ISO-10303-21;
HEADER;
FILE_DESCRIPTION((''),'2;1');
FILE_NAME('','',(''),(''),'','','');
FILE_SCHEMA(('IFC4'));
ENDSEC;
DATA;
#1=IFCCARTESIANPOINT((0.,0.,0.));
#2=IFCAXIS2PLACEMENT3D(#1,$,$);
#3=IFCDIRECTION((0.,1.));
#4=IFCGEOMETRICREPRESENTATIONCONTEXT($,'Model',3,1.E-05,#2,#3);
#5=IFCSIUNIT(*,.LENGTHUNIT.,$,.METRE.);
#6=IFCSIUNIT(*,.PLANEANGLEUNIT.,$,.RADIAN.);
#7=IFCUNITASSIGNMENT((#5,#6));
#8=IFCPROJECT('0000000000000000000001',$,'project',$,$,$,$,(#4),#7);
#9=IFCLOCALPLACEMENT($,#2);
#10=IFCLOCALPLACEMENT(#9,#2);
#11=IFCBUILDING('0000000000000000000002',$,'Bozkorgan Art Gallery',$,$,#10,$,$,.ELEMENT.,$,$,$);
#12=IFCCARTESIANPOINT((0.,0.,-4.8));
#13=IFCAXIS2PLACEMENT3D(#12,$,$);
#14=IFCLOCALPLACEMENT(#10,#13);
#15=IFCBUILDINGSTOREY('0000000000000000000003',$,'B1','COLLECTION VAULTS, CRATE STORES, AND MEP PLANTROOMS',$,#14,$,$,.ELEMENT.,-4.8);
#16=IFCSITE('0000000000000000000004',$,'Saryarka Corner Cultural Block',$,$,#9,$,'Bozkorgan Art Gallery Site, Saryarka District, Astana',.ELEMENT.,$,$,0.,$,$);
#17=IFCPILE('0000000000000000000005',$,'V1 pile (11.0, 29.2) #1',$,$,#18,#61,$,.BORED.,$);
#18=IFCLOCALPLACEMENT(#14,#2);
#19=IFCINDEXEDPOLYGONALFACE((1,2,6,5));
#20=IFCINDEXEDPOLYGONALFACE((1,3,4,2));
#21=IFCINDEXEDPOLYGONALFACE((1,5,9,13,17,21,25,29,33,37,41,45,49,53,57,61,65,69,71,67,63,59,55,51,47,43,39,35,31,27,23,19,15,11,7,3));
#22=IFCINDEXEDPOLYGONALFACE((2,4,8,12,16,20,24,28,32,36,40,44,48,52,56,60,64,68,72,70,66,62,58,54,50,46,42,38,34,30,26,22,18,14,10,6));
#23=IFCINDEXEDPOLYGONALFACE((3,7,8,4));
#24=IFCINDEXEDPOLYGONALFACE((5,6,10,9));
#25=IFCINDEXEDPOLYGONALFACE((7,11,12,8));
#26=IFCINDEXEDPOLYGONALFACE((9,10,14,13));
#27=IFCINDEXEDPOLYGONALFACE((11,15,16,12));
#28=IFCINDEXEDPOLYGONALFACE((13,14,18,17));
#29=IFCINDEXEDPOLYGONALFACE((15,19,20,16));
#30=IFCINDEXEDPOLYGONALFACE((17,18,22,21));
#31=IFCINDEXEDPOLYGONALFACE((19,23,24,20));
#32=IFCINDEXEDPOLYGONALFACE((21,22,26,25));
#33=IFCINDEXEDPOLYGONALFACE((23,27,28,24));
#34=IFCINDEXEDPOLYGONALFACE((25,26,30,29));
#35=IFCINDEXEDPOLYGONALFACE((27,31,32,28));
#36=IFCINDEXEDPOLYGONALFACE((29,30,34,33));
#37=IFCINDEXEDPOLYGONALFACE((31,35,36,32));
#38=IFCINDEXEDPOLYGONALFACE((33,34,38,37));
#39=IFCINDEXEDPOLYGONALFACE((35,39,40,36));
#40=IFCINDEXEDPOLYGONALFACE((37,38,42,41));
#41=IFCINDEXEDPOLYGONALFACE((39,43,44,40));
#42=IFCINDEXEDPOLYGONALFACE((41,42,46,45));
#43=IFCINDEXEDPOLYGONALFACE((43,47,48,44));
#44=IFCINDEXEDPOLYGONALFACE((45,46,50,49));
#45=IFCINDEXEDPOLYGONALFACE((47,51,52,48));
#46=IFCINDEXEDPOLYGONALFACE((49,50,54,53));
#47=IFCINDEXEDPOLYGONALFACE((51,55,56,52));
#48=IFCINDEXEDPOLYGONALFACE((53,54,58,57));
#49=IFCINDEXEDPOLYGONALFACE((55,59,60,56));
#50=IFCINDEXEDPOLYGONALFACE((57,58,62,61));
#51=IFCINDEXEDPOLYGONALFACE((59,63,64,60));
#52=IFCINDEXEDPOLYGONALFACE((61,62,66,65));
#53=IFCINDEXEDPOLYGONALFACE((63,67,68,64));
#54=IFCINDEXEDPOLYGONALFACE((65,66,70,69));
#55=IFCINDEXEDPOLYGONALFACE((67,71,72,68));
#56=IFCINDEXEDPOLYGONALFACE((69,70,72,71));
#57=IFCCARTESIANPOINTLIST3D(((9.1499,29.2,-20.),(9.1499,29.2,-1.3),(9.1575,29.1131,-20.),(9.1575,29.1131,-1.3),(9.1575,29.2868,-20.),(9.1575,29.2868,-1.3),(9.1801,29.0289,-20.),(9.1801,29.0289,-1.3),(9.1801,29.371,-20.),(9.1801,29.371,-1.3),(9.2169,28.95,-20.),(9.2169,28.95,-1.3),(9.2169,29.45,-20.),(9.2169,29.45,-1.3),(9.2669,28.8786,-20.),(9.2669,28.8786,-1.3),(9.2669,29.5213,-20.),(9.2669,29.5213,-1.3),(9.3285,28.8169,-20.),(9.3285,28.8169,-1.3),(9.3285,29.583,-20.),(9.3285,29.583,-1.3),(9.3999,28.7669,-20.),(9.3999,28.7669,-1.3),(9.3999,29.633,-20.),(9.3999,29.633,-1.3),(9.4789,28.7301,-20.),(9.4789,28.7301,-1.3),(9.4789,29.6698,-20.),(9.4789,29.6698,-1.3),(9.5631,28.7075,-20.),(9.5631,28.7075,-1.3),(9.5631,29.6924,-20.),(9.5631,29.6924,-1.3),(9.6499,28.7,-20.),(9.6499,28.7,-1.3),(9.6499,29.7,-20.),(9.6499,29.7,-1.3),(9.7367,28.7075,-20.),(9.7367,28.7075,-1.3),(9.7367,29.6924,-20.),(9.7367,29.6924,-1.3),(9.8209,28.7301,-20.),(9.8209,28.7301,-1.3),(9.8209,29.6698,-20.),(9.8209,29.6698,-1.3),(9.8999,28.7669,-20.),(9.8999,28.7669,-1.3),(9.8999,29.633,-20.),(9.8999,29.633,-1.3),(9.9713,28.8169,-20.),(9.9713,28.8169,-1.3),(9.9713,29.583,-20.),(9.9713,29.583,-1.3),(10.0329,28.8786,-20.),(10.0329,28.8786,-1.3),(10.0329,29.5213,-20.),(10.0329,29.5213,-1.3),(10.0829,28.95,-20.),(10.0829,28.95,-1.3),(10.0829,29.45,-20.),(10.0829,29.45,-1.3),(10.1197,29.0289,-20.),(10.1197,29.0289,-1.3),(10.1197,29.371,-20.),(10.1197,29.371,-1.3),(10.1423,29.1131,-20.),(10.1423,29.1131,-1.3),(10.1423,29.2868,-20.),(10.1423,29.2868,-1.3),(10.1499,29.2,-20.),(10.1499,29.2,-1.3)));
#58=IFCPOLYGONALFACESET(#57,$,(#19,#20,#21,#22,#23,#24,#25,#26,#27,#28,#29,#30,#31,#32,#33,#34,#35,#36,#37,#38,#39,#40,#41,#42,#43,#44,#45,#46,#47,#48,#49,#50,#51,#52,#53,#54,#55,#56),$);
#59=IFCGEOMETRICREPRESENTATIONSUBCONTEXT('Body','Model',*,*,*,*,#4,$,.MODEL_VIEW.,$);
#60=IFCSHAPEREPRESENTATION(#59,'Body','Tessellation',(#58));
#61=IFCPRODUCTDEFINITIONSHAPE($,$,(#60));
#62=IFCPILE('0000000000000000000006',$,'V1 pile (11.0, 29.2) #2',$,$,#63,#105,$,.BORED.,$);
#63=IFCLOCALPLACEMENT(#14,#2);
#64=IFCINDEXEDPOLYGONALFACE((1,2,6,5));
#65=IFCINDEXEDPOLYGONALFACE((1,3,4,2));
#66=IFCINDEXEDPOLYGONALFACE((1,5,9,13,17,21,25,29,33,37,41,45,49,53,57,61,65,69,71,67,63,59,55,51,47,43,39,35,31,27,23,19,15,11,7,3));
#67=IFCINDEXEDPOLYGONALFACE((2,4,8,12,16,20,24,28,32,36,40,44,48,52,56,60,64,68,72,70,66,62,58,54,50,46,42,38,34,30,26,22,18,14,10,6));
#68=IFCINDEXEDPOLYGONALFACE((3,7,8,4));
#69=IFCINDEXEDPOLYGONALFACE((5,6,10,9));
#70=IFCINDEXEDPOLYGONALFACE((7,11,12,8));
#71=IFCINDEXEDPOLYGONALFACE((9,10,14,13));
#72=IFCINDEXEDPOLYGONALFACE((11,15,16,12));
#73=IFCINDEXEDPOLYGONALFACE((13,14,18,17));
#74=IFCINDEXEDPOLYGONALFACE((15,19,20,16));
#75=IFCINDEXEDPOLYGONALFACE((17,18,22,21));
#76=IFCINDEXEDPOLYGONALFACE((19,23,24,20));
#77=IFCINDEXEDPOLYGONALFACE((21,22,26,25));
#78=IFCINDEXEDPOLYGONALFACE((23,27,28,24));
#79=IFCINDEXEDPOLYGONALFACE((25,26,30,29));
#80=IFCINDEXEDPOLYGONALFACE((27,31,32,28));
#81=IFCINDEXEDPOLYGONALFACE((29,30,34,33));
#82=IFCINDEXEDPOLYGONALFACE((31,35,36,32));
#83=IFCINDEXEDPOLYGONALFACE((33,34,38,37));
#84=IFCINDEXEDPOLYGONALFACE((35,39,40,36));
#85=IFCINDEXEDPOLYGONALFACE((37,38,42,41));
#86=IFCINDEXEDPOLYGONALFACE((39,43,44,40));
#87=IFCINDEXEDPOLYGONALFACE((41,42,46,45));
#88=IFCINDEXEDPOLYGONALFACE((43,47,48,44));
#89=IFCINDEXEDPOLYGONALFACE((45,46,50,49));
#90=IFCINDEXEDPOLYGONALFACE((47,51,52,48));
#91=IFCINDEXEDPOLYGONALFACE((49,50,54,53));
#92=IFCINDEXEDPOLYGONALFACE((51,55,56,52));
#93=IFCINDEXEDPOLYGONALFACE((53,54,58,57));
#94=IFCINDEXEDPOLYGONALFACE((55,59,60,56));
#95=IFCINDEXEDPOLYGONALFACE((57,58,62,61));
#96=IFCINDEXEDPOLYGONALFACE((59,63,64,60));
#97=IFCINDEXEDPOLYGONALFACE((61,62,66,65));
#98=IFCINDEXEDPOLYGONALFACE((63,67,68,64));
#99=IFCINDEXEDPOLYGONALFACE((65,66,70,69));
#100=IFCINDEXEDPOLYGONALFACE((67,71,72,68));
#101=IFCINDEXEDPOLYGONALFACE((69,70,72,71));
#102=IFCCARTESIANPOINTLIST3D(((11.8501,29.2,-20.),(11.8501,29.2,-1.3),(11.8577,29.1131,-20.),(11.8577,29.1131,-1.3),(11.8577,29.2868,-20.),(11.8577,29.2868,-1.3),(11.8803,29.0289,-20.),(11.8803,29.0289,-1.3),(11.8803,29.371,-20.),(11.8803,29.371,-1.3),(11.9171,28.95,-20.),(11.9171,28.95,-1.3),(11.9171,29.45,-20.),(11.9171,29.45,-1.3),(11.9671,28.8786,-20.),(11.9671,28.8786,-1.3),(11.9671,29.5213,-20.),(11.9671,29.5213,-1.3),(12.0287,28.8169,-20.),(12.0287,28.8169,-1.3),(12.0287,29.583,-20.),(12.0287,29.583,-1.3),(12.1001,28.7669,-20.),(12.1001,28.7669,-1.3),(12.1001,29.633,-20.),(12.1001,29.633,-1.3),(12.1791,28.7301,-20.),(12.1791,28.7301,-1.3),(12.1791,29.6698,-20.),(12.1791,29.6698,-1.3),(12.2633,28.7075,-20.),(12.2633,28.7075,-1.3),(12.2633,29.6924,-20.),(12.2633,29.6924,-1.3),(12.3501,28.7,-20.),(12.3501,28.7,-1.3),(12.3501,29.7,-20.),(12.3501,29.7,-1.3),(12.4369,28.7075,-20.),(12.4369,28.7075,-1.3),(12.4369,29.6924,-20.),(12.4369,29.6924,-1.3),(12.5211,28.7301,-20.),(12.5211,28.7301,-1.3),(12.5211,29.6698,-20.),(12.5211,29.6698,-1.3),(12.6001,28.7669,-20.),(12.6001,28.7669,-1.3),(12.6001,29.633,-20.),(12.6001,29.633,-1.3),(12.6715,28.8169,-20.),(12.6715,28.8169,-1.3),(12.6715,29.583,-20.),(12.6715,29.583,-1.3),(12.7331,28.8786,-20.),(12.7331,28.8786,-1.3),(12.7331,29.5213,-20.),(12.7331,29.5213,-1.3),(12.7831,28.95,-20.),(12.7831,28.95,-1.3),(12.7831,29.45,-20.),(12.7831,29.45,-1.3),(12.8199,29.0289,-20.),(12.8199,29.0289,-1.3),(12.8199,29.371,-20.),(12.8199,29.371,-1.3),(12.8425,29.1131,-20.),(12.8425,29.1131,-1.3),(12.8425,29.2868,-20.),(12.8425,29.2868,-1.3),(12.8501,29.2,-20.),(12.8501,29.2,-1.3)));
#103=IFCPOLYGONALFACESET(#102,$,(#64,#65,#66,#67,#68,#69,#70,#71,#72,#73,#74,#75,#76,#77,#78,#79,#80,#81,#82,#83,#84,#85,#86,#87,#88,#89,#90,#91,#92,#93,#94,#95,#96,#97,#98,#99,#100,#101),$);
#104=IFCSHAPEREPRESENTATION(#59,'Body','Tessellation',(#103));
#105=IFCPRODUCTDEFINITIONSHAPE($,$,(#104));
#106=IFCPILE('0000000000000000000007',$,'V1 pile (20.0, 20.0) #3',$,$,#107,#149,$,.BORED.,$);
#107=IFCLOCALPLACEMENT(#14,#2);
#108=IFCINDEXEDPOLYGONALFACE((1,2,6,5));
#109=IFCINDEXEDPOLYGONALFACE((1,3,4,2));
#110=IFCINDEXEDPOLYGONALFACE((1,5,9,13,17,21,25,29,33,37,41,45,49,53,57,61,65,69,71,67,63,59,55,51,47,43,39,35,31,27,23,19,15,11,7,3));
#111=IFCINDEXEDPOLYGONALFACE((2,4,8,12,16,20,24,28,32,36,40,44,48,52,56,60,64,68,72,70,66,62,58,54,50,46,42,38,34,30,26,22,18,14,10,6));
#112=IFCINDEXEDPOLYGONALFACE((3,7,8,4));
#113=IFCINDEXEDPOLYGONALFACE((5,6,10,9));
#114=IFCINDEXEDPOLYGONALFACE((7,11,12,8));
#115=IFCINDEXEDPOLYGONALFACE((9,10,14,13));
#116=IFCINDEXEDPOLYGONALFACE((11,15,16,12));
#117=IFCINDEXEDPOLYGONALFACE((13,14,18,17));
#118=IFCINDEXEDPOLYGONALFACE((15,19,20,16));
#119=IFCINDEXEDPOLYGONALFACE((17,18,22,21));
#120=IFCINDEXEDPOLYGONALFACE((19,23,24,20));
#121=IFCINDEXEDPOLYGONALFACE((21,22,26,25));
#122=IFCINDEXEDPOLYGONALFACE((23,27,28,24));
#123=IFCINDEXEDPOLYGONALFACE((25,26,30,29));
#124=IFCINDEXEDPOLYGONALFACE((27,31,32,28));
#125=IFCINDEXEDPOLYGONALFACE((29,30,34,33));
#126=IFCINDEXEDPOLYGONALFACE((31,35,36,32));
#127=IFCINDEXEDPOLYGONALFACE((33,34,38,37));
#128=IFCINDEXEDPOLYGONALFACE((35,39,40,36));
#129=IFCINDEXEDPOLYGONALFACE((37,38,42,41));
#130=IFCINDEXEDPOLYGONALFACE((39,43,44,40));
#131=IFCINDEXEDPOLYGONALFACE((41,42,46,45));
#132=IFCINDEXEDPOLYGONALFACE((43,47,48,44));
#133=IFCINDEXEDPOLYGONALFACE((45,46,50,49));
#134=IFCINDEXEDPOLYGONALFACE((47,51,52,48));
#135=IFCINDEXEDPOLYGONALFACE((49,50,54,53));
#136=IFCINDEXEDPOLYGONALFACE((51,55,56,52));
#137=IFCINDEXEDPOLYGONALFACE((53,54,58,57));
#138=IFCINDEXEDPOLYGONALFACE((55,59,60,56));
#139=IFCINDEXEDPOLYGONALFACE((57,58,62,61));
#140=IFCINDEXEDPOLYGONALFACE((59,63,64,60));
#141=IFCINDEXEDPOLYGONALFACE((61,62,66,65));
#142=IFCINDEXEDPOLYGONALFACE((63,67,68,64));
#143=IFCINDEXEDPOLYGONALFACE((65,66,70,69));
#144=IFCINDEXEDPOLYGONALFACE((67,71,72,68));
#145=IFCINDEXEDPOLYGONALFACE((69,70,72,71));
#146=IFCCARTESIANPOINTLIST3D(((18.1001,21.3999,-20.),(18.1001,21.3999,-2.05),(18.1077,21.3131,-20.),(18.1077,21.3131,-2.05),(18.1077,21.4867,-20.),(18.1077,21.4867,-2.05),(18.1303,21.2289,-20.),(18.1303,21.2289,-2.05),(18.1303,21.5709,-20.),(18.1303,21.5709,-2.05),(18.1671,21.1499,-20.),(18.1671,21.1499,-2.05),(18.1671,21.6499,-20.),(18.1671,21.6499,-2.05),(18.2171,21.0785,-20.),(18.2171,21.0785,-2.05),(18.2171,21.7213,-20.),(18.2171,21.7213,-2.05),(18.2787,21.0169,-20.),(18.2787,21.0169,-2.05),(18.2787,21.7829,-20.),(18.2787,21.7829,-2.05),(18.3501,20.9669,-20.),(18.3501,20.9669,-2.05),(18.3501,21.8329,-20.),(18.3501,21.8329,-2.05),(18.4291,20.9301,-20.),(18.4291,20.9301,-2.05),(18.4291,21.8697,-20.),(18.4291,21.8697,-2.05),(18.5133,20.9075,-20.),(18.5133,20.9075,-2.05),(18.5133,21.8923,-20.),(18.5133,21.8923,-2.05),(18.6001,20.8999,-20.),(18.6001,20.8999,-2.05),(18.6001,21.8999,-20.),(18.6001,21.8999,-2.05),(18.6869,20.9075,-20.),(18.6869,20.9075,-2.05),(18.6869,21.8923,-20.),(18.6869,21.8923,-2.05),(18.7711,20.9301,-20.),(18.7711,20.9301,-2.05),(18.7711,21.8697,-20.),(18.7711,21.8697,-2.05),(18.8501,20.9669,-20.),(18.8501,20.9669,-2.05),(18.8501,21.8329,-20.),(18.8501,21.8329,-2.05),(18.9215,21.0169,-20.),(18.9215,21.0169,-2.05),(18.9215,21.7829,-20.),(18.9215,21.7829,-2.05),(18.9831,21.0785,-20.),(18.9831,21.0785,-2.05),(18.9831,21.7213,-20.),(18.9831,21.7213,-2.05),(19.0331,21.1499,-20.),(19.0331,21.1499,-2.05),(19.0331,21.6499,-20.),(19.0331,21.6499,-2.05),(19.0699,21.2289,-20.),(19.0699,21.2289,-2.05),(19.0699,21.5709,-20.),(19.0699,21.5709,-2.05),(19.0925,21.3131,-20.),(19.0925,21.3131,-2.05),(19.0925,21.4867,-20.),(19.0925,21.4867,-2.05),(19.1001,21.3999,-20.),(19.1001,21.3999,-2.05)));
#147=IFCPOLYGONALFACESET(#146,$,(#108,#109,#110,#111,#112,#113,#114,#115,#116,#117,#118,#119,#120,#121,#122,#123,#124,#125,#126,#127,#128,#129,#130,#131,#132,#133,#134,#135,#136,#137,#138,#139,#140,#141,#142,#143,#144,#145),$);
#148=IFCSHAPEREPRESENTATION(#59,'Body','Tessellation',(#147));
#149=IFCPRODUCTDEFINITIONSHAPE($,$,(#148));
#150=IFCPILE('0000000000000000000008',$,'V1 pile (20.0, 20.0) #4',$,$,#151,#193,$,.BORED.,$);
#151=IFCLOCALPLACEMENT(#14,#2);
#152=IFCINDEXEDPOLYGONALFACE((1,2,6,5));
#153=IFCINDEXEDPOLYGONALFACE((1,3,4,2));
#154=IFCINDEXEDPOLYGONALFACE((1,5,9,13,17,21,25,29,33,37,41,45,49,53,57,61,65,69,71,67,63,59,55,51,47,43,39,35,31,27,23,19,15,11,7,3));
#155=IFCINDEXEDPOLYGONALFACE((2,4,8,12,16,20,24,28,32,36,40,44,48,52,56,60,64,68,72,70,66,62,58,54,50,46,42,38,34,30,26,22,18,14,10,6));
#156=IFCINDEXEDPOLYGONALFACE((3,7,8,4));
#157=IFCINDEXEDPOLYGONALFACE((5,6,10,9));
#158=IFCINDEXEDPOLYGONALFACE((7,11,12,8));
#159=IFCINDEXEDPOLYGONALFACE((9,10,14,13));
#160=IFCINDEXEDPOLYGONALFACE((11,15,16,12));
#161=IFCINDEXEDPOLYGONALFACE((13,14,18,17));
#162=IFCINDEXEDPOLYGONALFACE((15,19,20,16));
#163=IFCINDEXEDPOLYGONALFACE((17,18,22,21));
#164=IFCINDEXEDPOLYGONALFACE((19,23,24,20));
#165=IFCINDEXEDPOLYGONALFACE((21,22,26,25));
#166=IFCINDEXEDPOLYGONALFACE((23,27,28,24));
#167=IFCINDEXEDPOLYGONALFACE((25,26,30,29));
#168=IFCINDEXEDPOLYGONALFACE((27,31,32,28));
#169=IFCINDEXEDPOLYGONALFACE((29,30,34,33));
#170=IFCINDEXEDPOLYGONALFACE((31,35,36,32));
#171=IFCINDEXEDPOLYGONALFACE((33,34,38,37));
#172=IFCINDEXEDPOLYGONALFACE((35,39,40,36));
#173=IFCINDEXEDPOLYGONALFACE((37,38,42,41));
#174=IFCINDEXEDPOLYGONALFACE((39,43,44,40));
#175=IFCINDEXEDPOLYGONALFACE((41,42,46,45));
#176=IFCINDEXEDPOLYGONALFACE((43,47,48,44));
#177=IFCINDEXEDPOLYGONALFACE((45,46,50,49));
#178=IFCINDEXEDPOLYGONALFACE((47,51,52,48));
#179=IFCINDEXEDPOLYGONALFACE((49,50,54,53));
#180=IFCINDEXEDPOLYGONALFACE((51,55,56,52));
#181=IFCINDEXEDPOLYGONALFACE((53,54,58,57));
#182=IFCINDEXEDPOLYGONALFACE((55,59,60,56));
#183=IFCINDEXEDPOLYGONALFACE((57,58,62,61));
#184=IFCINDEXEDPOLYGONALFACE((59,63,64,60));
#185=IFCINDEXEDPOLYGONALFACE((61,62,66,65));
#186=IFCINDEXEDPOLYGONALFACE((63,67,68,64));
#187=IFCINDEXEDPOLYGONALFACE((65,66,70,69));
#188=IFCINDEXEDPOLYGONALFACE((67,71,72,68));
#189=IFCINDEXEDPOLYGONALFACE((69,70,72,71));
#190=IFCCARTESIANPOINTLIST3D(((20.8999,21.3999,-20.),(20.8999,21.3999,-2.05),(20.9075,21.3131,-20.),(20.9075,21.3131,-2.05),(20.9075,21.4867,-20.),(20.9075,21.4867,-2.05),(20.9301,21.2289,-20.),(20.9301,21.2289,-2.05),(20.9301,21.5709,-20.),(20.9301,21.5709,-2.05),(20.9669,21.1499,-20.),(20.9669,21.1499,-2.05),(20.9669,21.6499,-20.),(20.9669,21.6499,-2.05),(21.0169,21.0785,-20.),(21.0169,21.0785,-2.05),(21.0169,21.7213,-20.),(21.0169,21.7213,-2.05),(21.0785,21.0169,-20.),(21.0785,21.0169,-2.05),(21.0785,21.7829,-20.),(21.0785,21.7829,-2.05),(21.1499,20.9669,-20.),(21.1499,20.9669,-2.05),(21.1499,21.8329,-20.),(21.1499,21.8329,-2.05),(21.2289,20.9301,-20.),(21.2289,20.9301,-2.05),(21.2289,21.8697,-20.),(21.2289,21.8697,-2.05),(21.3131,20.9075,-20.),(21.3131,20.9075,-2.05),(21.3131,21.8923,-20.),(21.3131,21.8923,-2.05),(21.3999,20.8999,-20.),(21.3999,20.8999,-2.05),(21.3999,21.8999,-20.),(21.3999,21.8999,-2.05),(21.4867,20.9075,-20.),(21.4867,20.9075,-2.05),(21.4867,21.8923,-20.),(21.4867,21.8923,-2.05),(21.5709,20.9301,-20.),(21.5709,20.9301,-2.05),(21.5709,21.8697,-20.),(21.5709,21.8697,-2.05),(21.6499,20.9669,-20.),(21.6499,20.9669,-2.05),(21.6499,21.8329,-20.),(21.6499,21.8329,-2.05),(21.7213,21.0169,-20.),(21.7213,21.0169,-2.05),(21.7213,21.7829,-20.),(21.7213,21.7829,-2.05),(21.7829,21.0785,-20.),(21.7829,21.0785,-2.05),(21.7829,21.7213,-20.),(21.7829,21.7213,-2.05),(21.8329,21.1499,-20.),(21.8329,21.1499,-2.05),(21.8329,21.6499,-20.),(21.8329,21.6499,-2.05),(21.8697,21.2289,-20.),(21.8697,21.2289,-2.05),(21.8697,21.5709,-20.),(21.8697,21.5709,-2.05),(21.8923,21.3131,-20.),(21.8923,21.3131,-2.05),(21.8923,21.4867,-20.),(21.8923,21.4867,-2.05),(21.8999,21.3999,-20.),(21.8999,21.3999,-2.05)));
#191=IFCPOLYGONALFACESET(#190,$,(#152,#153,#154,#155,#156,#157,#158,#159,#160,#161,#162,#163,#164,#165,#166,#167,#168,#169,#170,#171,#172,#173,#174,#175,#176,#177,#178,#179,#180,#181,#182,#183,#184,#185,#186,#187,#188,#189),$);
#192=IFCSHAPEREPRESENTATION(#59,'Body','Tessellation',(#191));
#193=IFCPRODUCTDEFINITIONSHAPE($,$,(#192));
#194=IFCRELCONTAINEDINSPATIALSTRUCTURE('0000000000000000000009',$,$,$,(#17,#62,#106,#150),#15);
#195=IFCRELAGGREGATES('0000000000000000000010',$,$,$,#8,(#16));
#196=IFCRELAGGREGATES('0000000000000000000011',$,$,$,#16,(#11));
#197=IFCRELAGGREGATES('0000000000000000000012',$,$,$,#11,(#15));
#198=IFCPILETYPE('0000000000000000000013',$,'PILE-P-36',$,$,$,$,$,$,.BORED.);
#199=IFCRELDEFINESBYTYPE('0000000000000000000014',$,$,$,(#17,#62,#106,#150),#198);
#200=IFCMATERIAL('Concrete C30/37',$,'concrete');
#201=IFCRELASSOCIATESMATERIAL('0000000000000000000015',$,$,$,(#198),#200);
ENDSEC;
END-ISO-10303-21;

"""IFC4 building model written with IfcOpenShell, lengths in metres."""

from ifc_helpers import new_model, si_unit, direction, frame, origin, origin_2d, place, context, subcontext, project, spatial, circle, extrude, material, material_profile, profile_set, type_object, element, save


model = new_model("IFC4")

# Units and contexts
model_context = context("Model", 3, precision=1e-05, world=origin(), true_north=direction((0.0, 1.0)))
body_context = subcontext(model_context, "Body", "Model", "MODEL_VIEW")
ifc_project = project(units=[si_unit("LENGTHUNIT", "METRE"), si_unit("PLANEANGLEUNIT", "RADIAN")], contexts=[model_context])

# Site, building, storey
site_placement = place(None, origin())
site = spatial("IfcSite", under=ifc_project, at=site_placement, Name="Saryarka Corner Cultural Block", LongName="Bozkorgan Art Gallery Site, Saryarka District, Astana", CompositionType="ELEMENT", RefElevation=0.0)
building_placement = place(site_placement, origin())
building = spatial("IfcBuilding", under=site, at=building_placement, Name="Bozkorgan Art Gallery", CompositionType="ELEMENT")
storey_placement = place(building_placement, frame((0.0, 0.0, -4.8)))
storey = spatial("IfcBuildingStorey", under=building, at=storey_placement, Name="B1", Description="COLLECTION VAULTS, CRATE STORES, AND MEP PLANTROOMS", CompositionType="ELEMENT", Elevation=-4.8)

# Shared definitions
ifc_material_1 = material(Name="Concrete C30/37", Category="concrete")

# Piles
ifc_material_profile_1 = material_profile(ifc_material_1, circle(Radius=0.5, at=origin_2d()), Name="PILE D1000")
ifc_profile_set_1 = profile_set([ifc_material_profile_1], Name="Concrete C30/37")
pile_type = type_object("IfcPileType", Name="PILE-P-36", PredefinedType="BORED", material=ifc_profile_set_1)
for number, where, z_axis, x_axis, name in (
    (1, (9.6499, 29.2, -1.3), (0.0, 0.0, -1.0), (1.0, 0.0, 0.0), "V1 pile (11.0, 29.2) #1"),
    (2, (12.3501, 29.2, -1.3), (0.0, 0.0, -1.0), (1.0, 0.0, 0.0), "V1 pile (11.0, 29.2) #2"),
):
    element("IfcPile", number, at=place(storey_placement, frame(where, z_axis=z_axis, x_axis=x_axis)), inside=storey, type_object=pile_type, Name=name, PredefinedType="BORED", context=body_context, shape_type="SweptSolid", body=[
        extrude(circle(Radius=0.5, at=origin_2d()), origin(), (0.0, 0.0, 1.0), 18.7),
    ])
for number, where, z_axis, x_axis, name in (
    (3, (18.6001, 21.3999, -2.05), (0.0, 0.0, -1.0), (1.0, 0.0, 0.0), "V1 pile (20.0, 20.0) #3"),
    (4, (21.3999, 21.3999, -2.05), (0.0, 0.0, -1.0), (1.0, 0.0, 0.0), "V1 pile (20.0, 20.0) #4"),
):
    element("IfcPile", number, at=place(storey_placement, frame(where, z_axis=z_axis, x_axis=x_axis)), inside=storey, type_object=pile_type, Name=name, PredefinedType="BORED", context=body_context, shape_type="SweptSolid", body=[
        extrude(circle(Radius=0.5, at=origin_2d()), origin(), (0.0, 0.0, 1.0), 17.95),
    ])

save(model, "model.ifc")
